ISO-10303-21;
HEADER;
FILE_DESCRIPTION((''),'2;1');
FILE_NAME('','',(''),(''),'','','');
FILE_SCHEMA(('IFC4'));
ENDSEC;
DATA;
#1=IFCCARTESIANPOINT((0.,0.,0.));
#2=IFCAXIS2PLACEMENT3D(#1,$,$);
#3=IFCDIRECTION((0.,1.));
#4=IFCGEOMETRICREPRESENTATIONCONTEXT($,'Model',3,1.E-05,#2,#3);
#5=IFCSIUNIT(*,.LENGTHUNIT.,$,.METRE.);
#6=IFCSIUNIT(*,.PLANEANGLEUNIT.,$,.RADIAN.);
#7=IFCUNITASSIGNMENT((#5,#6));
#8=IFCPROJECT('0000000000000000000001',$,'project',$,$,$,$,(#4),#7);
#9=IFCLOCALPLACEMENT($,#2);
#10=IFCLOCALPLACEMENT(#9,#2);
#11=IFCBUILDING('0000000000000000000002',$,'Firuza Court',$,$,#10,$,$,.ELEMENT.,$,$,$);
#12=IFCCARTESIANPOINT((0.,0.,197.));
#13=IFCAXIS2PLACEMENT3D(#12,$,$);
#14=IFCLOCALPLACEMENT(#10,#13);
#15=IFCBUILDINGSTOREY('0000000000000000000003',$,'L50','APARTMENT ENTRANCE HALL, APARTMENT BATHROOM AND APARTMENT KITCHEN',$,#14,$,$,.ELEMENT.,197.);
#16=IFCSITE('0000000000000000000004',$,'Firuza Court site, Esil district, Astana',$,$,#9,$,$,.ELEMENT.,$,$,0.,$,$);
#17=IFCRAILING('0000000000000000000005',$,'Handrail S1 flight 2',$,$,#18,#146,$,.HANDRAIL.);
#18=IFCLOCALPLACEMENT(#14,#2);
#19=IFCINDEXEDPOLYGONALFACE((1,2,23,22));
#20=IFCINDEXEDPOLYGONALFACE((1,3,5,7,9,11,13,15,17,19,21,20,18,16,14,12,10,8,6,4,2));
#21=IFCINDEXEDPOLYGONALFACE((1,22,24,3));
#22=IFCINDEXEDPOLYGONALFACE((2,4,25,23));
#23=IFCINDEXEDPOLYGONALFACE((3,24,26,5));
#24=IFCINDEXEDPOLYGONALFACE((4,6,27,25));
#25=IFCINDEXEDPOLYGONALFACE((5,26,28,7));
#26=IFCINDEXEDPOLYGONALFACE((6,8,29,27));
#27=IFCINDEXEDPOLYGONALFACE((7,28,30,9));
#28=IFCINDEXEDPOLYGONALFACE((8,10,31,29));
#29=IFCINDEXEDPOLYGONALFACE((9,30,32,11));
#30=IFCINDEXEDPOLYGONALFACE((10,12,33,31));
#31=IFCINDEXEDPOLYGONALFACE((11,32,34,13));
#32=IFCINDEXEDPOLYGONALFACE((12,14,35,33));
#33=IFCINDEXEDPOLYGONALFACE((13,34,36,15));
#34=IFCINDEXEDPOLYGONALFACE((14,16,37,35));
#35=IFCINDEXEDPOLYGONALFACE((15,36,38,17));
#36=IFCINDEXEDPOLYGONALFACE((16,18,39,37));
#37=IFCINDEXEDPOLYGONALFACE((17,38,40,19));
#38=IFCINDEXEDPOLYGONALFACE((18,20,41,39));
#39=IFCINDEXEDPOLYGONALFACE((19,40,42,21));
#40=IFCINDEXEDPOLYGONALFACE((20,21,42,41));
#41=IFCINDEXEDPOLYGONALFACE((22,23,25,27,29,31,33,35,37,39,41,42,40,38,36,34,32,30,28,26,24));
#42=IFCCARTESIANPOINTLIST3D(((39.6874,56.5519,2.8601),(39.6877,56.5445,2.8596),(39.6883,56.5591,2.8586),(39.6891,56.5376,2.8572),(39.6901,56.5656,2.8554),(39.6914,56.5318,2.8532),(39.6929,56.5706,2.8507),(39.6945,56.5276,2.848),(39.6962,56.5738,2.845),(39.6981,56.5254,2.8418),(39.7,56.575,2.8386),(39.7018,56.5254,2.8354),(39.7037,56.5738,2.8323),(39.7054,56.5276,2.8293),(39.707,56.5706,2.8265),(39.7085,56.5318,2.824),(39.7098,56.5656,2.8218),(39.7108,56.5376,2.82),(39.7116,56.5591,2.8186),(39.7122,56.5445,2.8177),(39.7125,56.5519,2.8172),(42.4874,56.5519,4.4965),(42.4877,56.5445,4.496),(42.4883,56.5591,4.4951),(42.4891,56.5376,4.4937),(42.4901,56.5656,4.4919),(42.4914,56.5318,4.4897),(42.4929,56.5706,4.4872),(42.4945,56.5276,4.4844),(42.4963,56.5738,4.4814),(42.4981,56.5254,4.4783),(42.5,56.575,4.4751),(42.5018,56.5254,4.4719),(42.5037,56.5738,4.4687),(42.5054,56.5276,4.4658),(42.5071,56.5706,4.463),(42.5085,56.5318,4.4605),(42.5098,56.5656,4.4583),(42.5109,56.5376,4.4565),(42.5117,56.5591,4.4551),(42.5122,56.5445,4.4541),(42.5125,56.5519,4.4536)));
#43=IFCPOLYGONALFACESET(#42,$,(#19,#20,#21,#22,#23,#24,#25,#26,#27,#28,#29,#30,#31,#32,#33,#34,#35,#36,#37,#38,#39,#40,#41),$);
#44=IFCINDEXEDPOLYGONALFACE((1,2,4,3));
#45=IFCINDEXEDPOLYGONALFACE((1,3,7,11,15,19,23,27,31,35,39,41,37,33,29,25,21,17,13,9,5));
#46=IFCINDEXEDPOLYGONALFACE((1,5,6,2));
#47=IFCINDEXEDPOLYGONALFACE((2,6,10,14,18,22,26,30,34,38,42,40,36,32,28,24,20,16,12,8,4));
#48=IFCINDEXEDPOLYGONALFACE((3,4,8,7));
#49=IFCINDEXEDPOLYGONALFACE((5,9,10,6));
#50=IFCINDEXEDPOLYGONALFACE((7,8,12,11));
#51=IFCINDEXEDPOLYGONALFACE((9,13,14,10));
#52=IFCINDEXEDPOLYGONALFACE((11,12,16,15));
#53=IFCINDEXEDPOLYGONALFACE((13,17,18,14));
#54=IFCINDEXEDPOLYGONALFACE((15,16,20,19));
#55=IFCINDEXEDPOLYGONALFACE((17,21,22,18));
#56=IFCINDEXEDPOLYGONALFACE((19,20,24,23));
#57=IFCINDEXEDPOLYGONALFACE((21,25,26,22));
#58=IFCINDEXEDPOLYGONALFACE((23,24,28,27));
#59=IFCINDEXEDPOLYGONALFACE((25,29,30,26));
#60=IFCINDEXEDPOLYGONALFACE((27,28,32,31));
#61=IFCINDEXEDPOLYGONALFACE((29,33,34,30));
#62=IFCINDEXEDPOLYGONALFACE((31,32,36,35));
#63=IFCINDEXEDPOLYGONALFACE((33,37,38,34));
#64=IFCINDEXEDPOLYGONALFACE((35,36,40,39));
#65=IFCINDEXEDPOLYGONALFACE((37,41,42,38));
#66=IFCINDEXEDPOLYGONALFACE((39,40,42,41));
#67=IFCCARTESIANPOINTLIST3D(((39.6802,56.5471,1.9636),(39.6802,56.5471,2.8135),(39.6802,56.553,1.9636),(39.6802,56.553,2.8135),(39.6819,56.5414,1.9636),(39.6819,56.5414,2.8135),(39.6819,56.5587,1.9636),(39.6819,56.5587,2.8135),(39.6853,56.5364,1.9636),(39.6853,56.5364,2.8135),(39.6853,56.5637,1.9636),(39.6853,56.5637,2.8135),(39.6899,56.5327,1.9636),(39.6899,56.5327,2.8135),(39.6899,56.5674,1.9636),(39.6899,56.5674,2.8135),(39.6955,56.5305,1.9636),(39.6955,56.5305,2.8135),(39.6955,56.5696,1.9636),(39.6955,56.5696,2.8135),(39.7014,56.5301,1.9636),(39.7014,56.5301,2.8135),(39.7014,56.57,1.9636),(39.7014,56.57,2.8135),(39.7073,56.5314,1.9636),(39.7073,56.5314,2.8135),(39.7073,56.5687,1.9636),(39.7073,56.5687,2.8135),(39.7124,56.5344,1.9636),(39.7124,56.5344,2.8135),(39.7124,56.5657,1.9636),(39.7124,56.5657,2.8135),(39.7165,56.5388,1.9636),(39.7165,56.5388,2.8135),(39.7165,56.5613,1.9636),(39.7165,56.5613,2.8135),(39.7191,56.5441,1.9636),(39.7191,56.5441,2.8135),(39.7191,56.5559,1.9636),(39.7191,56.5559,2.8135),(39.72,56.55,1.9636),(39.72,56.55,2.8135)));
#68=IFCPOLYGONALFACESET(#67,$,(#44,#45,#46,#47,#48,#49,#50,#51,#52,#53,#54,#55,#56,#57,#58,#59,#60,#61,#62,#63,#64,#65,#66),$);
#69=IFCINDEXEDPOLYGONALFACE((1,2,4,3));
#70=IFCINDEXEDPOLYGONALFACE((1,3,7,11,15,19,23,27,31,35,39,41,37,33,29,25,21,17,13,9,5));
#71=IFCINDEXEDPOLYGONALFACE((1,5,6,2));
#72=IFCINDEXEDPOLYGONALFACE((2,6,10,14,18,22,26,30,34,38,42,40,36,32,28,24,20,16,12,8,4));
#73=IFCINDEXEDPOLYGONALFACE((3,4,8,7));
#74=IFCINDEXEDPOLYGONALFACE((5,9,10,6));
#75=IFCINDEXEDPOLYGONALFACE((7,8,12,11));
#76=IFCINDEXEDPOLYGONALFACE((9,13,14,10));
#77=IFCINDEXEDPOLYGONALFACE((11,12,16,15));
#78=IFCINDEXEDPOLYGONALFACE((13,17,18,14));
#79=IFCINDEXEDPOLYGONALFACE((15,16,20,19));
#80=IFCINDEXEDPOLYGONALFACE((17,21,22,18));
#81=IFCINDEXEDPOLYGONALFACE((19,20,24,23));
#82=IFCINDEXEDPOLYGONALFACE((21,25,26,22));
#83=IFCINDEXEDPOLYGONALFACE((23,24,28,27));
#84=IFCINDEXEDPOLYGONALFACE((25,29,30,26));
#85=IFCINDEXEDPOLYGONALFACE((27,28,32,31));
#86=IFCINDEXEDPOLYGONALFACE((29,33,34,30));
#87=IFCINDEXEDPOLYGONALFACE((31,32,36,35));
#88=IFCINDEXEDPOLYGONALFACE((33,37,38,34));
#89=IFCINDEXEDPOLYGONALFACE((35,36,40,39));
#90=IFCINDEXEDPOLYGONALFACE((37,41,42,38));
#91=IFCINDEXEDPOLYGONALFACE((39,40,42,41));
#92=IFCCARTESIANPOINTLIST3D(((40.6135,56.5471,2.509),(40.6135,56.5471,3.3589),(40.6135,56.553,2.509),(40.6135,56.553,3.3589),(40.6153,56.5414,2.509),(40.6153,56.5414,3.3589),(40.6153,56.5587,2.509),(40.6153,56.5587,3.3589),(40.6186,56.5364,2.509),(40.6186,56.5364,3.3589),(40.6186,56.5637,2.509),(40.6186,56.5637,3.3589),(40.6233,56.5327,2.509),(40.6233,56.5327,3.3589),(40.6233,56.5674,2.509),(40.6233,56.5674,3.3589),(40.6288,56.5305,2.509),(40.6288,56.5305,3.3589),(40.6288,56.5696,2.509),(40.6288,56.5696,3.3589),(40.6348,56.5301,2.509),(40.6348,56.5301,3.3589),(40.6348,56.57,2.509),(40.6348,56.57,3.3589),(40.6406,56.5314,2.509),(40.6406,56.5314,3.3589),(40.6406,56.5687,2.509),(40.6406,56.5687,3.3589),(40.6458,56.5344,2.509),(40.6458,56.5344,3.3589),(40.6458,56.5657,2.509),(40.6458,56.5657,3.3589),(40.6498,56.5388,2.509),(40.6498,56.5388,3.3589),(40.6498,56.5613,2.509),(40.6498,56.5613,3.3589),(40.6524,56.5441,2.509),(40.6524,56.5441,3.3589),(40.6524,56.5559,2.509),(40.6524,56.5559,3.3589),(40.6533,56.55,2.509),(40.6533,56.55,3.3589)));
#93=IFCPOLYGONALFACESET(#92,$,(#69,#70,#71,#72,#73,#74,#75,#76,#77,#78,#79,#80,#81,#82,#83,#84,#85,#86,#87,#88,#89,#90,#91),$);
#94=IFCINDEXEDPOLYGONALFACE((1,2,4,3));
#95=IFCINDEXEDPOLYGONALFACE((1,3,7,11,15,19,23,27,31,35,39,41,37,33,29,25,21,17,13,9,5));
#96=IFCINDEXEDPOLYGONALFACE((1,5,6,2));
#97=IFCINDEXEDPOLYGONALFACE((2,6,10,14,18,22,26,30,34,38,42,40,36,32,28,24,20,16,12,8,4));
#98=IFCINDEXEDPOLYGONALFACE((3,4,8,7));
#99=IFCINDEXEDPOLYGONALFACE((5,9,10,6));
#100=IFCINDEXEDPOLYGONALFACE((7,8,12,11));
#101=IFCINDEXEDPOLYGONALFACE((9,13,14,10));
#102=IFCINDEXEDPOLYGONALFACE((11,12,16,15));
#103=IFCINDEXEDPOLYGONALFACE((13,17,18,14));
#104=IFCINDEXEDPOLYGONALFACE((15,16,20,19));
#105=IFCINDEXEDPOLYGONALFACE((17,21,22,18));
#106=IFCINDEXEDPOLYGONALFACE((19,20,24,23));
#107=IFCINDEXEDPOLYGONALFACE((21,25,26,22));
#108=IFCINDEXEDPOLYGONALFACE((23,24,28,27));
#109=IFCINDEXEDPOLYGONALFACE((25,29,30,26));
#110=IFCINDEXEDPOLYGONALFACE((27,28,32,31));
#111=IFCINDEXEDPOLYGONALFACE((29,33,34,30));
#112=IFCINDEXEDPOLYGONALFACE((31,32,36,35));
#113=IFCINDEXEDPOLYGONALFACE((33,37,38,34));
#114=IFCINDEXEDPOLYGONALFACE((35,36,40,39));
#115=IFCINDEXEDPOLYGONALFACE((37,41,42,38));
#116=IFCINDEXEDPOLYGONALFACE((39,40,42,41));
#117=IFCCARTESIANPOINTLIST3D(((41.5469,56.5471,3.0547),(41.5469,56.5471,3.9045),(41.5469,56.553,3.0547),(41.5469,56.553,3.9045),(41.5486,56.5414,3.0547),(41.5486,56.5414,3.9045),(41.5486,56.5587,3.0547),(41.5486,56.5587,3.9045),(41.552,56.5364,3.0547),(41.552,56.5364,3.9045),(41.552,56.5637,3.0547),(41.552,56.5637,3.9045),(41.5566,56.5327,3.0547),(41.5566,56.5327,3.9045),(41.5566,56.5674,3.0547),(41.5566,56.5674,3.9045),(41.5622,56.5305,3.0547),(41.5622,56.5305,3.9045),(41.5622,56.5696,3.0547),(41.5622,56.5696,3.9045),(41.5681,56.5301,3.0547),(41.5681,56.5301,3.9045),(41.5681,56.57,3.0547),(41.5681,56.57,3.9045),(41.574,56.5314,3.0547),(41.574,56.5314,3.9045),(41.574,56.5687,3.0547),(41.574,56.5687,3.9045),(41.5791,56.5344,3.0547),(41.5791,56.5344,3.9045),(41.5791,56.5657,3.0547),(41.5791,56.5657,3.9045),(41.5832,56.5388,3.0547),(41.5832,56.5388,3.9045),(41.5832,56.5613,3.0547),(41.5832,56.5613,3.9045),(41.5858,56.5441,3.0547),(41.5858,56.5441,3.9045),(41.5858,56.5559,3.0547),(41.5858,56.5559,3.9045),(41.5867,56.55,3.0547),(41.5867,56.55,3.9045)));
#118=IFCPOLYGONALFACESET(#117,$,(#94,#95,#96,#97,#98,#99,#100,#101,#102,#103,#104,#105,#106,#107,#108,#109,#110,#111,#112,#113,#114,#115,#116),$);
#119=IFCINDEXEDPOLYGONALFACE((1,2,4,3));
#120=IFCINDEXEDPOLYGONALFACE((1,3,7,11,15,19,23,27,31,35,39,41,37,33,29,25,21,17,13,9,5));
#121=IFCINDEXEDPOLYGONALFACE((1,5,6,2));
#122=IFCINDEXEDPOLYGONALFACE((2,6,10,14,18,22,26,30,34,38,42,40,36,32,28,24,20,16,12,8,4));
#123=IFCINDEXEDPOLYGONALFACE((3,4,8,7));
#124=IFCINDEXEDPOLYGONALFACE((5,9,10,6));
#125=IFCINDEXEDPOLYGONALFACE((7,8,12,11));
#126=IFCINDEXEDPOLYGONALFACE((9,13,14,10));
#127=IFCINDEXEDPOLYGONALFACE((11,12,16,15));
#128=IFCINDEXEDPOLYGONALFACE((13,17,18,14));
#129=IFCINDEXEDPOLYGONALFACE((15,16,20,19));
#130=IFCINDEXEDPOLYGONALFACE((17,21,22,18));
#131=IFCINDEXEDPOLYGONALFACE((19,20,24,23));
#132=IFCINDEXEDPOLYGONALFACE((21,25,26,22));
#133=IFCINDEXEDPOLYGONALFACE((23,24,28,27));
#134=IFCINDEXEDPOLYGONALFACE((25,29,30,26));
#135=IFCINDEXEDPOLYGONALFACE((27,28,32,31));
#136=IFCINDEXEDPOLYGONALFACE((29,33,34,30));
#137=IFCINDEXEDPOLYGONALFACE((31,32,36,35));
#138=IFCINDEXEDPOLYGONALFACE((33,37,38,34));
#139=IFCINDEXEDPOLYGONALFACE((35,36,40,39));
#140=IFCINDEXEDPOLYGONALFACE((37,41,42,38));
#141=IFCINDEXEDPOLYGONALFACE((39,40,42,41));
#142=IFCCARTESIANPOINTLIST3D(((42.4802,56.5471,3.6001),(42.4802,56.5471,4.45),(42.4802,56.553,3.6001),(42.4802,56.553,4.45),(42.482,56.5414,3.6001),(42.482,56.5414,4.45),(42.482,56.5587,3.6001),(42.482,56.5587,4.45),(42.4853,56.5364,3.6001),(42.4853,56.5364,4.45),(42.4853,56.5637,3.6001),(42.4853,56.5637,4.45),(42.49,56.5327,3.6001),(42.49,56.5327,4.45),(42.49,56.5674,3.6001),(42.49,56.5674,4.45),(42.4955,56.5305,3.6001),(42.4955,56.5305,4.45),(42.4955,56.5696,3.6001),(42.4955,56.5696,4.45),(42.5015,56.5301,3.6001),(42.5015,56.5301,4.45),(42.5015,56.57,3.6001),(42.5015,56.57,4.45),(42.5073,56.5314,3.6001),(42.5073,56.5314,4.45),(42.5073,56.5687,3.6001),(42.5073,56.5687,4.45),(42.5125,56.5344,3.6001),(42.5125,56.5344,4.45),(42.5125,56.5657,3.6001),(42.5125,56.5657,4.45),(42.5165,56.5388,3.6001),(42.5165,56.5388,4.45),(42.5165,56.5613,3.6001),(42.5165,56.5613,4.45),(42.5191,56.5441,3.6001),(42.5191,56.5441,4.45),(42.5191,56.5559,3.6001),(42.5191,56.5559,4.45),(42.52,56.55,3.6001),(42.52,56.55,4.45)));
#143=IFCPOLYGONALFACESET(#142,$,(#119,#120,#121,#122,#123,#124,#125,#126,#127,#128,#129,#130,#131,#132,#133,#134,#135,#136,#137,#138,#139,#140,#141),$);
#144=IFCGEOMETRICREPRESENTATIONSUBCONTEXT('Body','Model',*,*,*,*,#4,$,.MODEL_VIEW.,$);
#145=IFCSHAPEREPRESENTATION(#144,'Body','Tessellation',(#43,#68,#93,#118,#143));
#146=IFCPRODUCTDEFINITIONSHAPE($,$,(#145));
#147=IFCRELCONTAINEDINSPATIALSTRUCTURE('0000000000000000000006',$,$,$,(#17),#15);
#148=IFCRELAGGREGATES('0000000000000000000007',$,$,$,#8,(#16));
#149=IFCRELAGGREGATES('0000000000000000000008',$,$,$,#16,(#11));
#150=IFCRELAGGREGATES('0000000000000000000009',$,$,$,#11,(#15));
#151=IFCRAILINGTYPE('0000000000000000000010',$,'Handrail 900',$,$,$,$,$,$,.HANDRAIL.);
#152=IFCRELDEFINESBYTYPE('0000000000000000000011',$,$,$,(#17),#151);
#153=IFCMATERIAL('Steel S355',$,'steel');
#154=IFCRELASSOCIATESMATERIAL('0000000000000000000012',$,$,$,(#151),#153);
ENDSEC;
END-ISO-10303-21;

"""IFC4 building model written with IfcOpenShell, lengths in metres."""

from ifc_helpers import new_model, si_unit, direction, frame, origin, origin_2d, place, context, subcontext, project, spatial, circle, extrude, material, type_object, element, save


model = new_model("IFC4")

# Units and contexts
model_context = context("Model", 3, precision=1e-05, world=origin(), true_north=direction((0.0, 1.0)))
body_context = subcontext(model_context, "Body", "Model", "MODEL_VIEW")
ifc_project = project(units=[si_unit("LENGTHUNIT", "METRE"), si_unit("PLANEANGLEUNIT", "RADIAN")], contexts=[model_context])

# Site, building, storey
site_placement = place(None, origin())
site = spatial("IfcSite", under=ifc_project, at=site_placement, Name="Firuza Court site, Esil district, Astana", CompositionType="ELEMENT", RefElevation=0.0)
building_placement = place(site_placement, origin())
building = spatial("IfcBuilding", under=site, at=building_placement, Name="Firuza Court", CompositionType="ELEMENT")
storey_placement = place(building_placement, frame((0.0, 0.0, 197.0)))
storey = spatial("IfcBuildingStorey", under=building, at=storey_placement, Name="L50", Description="APARTMENT ENTRANCE HALL, APARTMENT BATHROOM AND APARTMENT KITCHEN", CompositionType="ELEMENT", Elevation=197.0)

# Railing
ifc_material_1 = material(Name="Steel S355", Category="steel")
railing_type_1 = type_object("IfcRailingType", Name="Handrail 900", PredefinedType="HANDRAIL", material=ifc_material_1)
railing_1_placement = place(storey_placement, frame((39.7, 56.55, 1.9636)))
element("IfcRailing", 1, at=railing_1_placement, inside=storey, type_object=railing_type_1, Name="Handrail S1 flight 2", PredefinedType="HANDRAIL", context=body_context, shape_type="SweptSolid", body=[
    extrude(circle(Radius=0.0249, at=origin_2d()), frame((0.0, 0.0, 0.875), z_axis=(0.863361, 0.0, 0.504587), x_axis=(0.0, 1.0, 0.0)), (0.0, 0.0, 1.0), 3.2432),
    extrude(circle(Radius=0.02, at=origin_2d()), origin(), (0.0, 0.0, 1.0), 0.8499),
    extrude(circle(Radius=0.02, at=origin_2d()), frame((0.9333, 0.0, 0.5454)), (0.0, 0.0, 1.0), 0.8499),
    extrude(circle(Radius=0.02, at=origin_2d()), frame((1.8667, 0.0, 1.0911)), (0.0, 0.0, 1.0), 0.8499),
    extrude(circle(Radius=0.02, at=origin_2d()), frame((2.8, 0.0, 1.6365)), (0.0, 0.0, 1.0), 0.8499),
])

save(model, "model.ifc")
